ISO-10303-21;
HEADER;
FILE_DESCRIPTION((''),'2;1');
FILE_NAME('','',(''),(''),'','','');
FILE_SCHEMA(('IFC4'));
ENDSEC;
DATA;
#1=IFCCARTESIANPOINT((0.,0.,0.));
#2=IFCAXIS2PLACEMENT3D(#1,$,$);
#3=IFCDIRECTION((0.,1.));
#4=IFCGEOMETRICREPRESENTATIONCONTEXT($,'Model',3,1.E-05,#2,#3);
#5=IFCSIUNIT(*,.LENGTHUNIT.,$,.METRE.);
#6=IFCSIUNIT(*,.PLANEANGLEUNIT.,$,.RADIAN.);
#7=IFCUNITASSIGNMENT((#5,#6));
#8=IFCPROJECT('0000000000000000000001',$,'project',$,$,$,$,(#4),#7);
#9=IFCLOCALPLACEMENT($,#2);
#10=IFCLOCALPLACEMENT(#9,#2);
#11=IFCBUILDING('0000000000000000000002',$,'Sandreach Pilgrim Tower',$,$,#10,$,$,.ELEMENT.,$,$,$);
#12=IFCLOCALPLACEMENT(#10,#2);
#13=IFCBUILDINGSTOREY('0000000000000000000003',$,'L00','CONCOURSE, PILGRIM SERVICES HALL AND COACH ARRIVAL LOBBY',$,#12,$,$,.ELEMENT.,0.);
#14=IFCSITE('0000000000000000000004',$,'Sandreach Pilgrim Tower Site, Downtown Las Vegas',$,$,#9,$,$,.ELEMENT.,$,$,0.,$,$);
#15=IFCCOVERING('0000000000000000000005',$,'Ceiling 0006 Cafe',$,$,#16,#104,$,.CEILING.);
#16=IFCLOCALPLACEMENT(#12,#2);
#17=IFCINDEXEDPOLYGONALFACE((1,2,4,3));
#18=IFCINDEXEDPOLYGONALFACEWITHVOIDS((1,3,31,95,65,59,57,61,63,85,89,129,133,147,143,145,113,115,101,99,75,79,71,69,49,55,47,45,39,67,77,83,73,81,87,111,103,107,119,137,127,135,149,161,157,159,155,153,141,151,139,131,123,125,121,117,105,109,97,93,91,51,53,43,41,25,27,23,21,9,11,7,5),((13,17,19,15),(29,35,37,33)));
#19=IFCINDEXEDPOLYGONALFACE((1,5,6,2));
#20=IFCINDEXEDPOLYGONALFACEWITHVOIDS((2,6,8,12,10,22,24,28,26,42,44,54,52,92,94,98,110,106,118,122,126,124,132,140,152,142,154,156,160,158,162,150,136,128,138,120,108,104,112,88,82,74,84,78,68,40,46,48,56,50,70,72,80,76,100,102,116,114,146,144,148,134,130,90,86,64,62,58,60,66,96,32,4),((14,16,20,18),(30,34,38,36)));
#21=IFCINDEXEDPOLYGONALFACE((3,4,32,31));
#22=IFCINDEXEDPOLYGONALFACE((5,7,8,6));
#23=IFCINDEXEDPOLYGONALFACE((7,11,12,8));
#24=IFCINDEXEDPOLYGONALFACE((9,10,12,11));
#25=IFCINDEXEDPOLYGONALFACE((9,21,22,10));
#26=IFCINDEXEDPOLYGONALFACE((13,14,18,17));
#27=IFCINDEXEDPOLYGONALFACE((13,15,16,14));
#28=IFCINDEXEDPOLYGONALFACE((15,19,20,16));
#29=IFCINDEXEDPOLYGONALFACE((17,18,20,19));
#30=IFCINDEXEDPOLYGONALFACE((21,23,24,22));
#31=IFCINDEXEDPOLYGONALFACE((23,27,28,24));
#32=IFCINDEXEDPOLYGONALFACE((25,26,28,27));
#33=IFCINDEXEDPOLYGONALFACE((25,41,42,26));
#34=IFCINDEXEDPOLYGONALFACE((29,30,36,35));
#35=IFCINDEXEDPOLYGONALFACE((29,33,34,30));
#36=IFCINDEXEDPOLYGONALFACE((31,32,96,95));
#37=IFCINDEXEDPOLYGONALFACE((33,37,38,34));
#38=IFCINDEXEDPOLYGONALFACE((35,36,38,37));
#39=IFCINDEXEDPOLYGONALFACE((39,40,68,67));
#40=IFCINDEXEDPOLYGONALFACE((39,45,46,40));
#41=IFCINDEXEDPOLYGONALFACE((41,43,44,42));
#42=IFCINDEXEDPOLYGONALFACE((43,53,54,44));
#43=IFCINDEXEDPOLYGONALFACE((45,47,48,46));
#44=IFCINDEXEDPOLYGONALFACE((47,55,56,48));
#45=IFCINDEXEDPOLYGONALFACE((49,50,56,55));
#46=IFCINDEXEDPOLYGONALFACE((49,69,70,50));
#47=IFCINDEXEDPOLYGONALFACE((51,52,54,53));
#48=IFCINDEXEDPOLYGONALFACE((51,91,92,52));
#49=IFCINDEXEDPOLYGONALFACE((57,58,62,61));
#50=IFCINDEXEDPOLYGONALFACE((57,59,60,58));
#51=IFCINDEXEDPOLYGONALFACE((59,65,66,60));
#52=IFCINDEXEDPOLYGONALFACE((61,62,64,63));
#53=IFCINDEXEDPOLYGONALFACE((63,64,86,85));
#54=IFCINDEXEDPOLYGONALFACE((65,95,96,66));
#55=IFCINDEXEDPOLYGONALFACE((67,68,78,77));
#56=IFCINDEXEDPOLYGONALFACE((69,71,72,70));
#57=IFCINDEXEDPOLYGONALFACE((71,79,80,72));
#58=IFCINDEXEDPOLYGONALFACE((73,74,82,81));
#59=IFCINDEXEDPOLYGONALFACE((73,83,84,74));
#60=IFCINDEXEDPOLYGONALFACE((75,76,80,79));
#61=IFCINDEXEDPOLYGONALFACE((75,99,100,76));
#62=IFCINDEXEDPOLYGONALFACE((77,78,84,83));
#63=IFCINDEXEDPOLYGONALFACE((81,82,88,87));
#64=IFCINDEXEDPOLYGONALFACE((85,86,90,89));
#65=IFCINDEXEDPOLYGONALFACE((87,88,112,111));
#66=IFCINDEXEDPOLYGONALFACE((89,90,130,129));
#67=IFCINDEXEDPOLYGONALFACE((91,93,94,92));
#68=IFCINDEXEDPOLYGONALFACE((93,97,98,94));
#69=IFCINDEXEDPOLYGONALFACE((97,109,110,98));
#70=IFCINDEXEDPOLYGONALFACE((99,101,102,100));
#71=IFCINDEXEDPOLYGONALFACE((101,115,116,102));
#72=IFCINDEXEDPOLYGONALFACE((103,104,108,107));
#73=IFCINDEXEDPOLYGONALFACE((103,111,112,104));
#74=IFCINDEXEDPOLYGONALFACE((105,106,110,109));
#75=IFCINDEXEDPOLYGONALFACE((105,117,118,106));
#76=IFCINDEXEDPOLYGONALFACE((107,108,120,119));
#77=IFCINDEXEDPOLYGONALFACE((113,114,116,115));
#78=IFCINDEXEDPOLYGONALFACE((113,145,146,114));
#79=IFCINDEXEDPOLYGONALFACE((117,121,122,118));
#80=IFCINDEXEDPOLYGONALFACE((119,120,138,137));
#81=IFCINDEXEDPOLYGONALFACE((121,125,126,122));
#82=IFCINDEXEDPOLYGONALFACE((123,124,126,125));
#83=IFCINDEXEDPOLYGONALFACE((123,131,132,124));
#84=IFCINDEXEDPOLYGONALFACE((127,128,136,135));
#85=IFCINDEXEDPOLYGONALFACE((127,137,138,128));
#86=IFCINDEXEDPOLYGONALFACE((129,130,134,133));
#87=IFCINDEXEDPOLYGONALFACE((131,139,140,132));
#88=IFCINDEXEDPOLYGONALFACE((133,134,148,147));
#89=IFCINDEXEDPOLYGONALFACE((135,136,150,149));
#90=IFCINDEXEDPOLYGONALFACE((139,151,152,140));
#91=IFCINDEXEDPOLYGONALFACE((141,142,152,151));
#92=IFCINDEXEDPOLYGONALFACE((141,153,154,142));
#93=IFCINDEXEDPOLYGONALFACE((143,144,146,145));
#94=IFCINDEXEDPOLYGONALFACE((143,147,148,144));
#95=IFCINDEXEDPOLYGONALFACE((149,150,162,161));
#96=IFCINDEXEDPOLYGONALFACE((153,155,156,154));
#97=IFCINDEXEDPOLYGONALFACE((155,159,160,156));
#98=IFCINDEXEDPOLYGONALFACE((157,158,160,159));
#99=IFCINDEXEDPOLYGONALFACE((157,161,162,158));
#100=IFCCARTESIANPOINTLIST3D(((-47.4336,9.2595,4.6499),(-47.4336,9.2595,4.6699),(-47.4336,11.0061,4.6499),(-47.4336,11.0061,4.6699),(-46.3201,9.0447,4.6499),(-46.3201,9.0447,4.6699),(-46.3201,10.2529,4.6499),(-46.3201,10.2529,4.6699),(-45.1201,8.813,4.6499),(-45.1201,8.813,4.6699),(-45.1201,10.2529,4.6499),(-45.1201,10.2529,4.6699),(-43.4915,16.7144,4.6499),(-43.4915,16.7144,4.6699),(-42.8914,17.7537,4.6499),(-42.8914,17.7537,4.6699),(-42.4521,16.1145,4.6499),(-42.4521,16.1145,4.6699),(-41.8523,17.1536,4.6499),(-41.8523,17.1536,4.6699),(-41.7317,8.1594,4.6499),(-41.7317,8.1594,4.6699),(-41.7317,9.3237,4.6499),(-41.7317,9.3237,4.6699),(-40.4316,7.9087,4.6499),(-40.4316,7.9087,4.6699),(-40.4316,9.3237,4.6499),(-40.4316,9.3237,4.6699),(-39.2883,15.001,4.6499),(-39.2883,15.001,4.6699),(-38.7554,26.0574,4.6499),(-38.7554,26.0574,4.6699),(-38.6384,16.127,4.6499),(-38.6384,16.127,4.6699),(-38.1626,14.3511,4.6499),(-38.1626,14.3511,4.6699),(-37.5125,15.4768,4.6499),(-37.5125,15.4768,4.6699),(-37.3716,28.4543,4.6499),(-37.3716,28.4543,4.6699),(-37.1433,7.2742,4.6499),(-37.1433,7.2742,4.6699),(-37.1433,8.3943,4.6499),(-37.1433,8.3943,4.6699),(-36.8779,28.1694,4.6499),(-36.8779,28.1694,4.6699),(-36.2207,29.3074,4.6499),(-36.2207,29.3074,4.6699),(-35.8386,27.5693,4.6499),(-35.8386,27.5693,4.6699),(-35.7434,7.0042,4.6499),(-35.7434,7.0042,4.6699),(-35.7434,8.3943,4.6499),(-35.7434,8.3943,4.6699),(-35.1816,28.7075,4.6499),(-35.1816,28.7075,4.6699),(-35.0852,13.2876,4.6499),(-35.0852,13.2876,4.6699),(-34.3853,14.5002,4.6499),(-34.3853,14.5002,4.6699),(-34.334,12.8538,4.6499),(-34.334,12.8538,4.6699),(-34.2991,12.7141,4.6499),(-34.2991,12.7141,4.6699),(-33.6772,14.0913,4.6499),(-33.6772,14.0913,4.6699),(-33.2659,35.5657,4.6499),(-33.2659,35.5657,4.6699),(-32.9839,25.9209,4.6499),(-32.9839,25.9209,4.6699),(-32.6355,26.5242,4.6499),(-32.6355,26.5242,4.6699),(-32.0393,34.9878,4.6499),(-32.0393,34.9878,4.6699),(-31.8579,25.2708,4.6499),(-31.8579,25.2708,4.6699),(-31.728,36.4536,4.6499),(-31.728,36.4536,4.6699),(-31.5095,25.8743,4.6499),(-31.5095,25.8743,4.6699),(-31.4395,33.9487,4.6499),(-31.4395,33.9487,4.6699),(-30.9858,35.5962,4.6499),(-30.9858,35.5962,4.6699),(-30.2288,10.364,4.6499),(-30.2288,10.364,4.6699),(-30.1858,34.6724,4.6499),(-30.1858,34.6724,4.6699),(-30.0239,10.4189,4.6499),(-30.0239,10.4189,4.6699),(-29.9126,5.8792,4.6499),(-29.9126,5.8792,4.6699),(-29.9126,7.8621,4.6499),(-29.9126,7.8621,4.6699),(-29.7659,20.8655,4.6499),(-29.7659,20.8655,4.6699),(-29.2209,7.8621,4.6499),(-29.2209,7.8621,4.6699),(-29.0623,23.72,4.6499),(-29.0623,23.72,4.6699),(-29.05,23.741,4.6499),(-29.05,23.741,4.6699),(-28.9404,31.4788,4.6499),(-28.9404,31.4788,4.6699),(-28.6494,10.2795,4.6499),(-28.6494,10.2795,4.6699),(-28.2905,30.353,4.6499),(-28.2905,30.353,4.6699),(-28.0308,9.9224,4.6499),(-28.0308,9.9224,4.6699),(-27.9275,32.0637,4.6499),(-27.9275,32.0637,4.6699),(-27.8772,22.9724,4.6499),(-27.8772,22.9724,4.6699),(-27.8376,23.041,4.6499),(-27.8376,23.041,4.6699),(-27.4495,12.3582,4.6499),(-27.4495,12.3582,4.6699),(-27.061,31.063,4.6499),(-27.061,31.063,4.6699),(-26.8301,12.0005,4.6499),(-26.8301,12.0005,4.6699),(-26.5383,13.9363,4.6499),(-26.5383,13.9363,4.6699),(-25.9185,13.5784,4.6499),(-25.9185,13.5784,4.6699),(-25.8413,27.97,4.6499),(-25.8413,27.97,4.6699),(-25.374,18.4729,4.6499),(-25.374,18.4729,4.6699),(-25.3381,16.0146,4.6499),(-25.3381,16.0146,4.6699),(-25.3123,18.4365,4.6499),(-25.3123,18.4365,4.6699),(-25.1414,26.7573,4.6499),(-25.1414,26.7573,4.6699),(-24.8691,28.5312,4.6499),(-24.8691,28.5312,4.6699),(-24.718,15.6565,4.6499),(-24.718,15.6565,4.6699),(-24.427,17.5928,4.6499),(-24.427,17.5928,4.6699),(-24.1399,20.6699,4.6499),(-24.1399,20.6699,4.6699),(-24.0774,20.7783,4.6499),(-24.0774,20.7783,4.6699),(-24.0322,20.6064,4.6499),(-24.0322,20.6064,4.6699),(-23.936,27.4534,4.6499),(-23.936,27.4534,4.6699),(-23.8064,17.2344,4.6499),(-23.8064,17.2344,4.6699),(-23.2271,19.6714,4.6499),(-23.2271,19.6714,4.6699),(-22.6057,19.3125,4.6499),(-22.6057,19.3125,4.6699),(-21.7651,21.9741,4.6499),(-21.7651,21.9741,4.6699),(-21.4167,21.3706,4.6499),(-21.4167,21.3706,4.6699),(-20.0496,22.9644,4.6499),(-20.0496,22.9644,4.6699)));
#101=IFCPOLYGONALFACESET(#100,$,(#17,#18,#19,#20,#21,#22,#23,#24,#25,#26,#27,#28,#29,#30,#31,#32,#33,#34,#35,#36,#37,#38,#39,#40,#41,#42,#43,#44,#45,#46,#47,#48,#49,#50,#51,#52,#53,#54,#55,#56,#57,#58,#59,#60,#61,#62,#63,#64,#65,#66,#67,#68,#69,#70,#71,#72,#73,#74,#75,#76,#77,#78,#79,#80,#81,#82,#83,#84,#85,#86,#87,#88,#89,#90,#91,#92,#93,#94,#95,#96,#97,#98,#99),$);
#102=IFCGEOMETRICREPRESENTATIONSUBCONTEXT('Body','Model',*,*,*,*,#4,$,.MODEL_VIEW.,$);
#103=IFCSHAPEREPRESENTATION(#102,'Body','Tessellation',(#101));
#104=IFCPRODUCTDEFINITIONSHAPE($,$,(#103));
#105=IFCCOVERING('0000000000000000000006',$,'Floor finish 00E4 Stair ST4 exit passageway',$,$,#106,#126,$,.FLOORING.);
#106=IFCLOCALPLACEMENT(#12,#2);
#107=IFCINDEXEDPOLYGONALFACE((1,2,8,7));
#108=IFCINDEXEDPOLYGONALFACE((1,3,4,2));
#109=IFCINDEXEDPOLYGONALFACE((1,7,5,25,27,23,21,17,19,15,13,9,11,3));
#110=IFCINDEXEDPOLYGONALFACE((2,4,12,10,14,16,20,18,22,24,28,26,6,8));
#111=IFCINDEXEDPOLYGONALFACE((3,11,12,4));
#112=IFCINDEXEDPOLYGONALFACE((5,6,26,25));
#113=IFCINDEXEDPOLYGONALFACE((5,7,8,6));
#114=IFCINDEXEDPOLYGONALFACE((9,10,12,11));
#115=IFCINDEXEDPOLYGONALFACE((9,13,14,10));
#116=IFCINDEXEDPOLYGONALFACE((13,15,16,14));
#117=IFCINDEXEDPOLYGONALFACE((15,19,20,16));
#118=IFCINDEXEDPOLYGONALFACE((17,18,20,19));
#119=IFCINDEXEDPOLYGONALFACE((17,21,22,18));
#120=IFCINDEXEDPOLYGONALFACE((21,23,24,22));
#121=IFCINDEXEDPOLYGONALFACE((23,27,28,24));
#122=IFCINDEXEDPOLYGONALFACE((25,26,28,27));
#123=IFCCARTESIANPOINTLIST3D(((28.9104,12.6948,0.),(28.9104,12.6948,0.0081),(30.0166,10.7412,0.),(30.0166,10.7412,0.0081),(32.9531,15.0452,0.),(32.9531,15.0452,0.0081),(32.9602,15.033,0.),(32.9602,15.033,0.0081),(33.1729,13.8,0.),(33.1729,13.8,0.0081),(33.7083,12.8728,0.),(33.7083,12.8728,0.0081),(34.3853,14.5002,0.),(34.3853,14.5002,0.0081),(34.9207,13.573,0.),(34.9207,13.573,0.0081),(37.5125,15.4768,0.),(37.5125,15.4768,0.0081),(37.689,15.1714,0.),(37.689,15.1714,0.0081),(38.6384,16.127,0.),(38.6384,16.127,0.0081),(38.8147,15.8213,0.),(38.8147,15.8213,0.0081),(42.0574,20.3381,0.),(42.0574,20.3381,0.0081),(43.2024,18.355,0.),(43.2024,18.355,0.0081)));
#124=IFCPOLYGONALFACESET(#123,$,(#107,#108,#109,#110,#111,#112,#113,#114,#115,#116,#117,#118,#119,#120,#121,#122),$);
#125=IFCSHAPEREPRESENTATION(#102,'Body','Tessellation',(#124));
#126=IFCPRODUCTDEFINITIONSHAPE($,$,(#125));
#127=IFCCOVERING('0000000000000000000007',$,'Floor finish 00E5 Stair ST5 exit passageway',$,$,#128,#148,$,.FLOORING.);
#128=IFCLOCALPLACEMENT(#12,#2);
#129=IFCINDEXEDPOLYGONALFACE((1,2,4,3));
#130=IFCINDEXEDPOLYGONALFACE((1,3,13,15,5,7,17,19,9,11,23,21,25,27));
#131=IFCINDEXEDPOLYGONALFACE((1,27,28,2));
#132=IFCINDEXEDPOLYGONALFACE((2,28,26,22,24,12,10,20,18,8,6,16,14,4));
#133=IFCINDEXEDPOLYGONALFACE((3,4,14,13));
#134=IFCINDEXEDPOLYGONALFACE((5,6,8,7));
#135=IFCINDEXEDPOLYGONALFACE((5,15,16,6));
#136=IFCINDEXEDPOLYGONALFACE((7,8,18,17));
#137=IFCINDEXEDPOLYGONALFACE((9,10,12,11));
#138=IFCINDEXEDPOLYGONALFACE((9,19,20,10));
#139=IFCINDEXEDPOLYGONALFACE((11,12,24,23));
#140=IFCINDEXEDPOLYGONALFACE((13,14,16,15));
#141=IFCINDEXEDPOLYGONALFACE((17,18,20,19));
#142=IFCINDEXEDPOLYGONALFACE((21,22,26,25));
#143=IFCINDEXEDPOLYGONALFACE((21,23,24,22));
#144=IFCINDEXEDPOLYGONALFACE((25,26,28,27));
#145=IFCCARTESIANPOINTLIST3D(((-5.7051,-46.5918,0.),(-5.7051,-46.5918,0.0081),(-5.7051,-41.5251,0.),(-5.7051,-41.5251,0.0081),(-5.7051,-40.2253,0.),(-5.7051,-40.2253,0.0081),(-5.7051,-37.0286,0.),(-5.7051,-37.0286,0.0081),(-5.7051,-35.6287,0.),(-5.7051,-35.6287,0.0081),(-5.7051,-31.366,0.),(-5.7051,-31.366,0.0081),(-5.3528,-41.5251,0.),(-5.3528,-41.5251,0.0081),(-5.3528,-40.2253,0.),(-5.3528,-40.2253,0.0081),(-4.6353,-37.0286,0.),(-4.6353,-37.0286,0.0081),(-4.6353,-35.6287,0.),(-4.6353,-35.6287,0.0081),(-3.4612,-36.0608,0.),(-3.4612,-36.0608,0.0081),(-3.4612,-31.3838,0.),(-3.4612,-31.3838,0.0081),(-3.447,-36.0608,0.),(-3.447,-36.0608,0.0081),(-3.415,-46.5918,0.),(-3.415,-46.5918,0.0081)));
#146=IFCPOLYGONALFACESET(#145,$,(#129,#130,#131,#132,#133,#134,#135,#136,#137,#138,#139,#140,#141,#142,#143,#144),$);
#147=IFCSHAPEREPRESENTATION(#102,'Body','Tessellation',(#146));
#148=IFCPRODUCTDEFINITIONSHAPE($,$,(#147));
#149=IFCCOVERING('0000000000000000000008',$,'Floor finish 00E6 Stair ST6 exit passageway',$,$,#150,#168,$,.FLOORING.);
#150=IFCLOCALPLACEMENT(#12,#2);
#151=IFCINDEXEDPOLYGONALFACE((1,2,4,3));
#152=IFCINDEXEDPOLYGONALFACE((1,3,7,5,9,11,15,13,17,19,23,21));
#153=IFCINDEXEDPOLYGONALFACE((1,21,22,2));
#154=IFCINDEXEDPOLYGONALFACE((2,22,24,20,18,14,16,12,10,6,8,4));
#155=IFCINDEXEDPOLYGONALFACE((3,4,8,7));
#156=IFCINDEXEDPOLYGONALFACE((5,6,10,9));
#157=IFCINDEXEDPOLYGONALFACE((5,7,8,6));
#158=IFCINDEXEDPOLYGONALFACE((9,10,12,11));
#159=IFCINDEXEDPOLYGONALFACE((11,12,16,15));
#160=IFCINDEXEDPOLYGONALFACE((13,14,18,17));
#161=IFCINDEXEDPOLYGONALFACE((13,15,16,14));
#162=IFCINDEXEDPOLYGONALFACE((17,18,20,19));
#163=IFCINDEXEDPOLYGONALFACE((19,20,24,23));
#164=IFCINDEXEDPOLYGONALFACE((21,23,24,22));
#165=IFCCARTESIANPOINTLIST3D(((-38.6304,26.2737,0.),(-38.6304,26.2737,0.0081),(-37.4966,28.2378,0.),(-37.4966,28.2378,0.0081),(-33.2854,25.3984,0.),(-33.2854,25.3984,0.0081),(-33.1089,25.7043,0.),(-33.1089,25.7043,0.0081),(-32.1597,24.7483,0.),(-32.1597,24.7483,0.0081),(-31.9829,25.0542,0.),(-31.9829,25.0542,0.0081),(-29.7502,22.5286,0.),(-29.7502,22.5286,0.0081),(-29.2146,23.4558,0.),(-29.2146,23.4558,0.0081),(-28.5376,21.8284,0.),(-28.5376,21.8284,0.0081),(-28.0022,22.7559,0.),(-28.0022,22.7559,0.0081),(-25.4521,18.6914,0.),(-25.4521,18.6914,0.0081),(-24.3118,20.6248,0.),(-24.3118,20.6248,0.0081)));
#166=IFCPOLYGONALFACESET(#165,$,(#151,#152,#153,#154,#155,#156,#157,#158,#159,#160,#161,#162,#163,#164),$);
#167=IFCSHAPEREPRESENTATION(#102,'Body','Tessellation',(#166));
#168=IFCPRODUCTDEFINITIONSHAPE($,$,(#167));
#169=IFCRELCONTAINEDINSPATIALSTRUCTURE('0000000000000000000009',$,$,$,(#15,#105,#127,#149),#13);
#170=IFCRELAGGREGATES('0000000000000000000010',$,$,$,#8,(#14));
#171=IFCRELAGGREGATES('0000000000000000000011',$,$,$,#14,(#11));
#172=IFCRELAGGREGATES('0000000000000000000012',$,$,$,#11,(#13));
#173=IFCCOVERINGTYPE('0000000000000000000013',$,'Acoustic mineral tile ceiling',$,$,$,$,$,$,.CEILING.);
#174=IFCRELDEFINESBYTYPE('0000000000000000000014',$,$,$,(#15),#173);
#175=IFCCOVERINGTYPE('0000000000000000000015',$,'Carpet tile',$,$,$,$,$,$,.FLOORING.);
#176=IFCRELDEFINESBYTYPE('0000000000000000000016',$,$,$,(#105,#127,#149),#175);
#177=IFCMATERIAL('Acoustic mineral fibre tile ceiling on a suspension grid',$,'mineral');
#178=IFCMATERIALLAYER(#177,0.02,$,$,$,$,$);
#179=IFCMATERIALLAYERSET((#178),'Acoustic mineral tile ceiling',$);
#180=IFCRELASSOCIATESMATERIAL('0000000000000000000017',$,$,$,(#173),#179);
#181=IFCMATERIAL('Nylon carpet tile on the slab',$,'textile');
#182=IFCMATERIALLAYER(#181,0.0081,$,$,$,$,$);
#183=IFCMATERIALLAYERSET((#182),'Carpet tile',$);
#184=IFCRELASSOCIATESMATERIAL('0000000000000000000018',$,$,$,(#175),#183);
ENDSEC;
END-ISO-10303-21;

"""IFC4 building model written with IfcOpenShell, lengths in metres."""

from ifc_helpers import new_model, si_unit, direction, frame, origin, place, context, subcontext, project, spatial, polyline, outline, extrude, material, layer, layer_set, type_object, element, save


model = new_model("IFC4")

# Units and contexts
model_context = context("Model", 3, precision=1e-05, world=origin(), true_north=direction((0.0, 1.0)))
body_context = subcontext(model_context, "Body", "Model", "MODEL_VIEW")
ifc_project = project(units=[si_unit("LENGTHUNIT", "METRE"), si_unit("PLANEANGLEUNIT", "RADIAN")], contexts=[model_context])

# Site, building, storey
site_placement = place(None, origin())
site = spatial("IfcSite", under=ifc_project, at=site_placement, Name="Sandreach Pilgrim Tower Site, Downtown Las Vegas", CompositionType="ELEMENT", RefElevation=0.0)
building_placement = place(site_placement, origin())
building = spatial("IfcBuilding", under=site, at=building_placement, Name="Sandreach Pilgrim Tower", CompositionType="ELEMENT")
storey_placement = place(building_placement, origin())
storey = spatial("IfcBuildingStorey", under=building, at=storey_placement, Name="L00", Description="CONCOURSE, PILGRIM SERVICES HALL AND COACH ARRIVAL LOBBY", CompositionType="ELEMENT", Elevation=0.0)

# Coverings
ifc_material_1 = material(Name="Acoustic mineral fibre tile ceiling on a suspension grid", Category="mineral")
ifc_layer_1 = layer(ifc_material_1, 0.02)
ifc_layer_set_1 = layer_set([ifc_layer_1], Name="Acoustic mineral tile ceiling")
covering_type_1 = type_object("IfcCoveringType", Name="Acoustic mineral tile ceiling", PredefinedType="CEILING", material=ifc_layer_set_1)
covering_1_placement = place(storey_placement, frame((0.0, 0.0, 4.6499)))
element("IfcCovering", 1, at=covering_1_placement, inside=storey, type_object=covering_type_1, Name="Ceiling 0006 Cafe", PredefinedType="CEILING", context=body_context, shape_type="SweptSolid", body=[
    extrude(outline(polyline([(-38.7554, 26.0574), (-29.7659, 20.8655), (-33.6772, 14.0913), (-34.3853, 14.5002), (-35.0852, 13.2876), (-34.334, 12.8538), (-34.2991, 12.7141), (-30.2288, 10.364), (-30.0239, 10.4189), (-25.374, 18.4729), (-25.3123, 18.4365), (-24.0322, 20.6064), (-24.1399, 20.6699), (-24.0774, 20.7783), (-27.8772, 22.9724), (-27.8376, 23.041), (-29.05, 23.741), (-29.0623, 23.72), (-31.8579, 25.2708), (-31.5095, 25.8743), (-32.6355, 26.5242), (-32.9839, 25.9209), (-35.8386, 27.5693), (-35.1816, 28.7075), (-36.2207, 29.3074), (-36.8779, 28.1694), (-37.3716, 28.4543), (-33.2659, 35.5657), (-31.728, 36.4536), (-30.9858, 35.5962), (-32.0393, 34.9878), (-31.4395, 33.9487), (-30.1858, 34.6724), (-27.9275, 32.0637), (-28.9404, 31.4788), (-28.2905, 30.353), (-27.061, 31.063), (-24.8691, 28.5312), (-25.8413, 27.97), (-25.1414, 26.7573), (-23.936, 27.4534), (-20.0496, 22.9644), (-21.7651, 21.9741), (-21.4167, 21.3706), (-22.6057, 19.3125), (-23.2271, 19.6714), (-24.427, 17.5928), (-23.8064, 17.2344), (-24.718, 15.6565), (-25.3381, 16.0146), (-26.5383, 13.9363), (-25.9185, 13.5784), (-26.8301, 12.0005), (-27.4495, 12.3582), (-28.6494, 10.2795), (-28.0308, 9.9224), (-29.2209, 7.8621), (-29.9126, 7.8621), (-29.9126, 5.8792), (-35.7434, 7.0042), (-35.7434, 8.3943), (-37.1433, 8.3943), (-37.1433, 7.2742), (-40.4316, 7.9087), (-40.4316, 9.3237), (-41.7317, 9.3237), (-41.7317, 8.1594), (-45.1201, 8.813), (-45.1201, 10.2529), (-46.3201, 10.2529), (-46.3201, 9.0447), (-47.4336, 9.2595), (-47.4336, 11.0061), (-38.7554, 26.0574)]), holes=[polyline([(-38.6384, 16.127), (-39.2883, 15.001), (-38.1626, 14.3511), (-37.5125, 15.4768), (-38.6384, 16.127)]), polyline([(-43.4915, 16.7144), (-42.4521, 16.1145), (-41.8523, 17.1536), (-42.8914, 17.7537), (-43.4915, 16.7144)])]), origin(), (0.0, 0.0, 1.0), 0.02),
])
ifc_material_2 = material(Name="Nylon carpet tile on the slab", Category="textile")
ifc_layer_2 = layer(ifc_material_2, 0.0081)
ifc_layer_set_2 = layer_set([ifc_layer_2], Name="Carpet tile")
covering_type_2 = type_object("IfcCoveringType", Name="Carpet tile", PredefinedType="FLOORING", material=ifc_layer_set_2)
covering_2_placement = place(storey_placement, origin())
element("IfcCovering", 2, at=covering_2_placement, inside=storey, type_object=covering_type_2, Name="Floor finish 00E4 Stair ST4 exit passageway", PredefinedType="FLOORING", context=body_context, shape_type="SweptSolid", body=[
    extrude(outline(polyline([(42.0574, 20.3381), (43.2024, 18.355), (38.8147, 15.8213), (38.6384, 16.127), (37.5125, 15.4768), (37.689, 15.1714), (34.9207, 13.573), (34.3853, 14.5002), (33.1729, 13.8), (33.7083, 12.8728), (30.0166, 10.7412), (28.9104, 12.6948), (32.9602, 15.033), (32.9531, 15.0452), (42.0574, 20.3381)])), origin(), (0.0, 0.0, 1.0), 0.0081),
])
covering_3_placement = place(storey_placement, origin())
element("IfcCovering", 3, at=covering_3_placement, inside=storey, type_object=covering_type_2, Name="Floor finish 00E5 Stair ST5 exit passageway", PredefinedType="FLOORING", context=body_context, shape_type="SweptSolid", body=[
    extrude(outline(polyline([(-3.415, -46.5918), (-5.7051, -46.5918), (-5.7051, -41.5251), (-5.3528, -41.5251), (-5.3528, -40.2253), (-5.7051, -40.2253), (-5.7051, -37.0286), (-4.6353, -37.0286), (-4.6353, -35.6287), (-5.7051, -35.6287), (-5.7051, -31.366), (-3.4612, -31.3838), (-3.4612, -36.0608), (-3.447, -36.0608), (-3.415, -46.5918)])), origin(), (0.0, 0.0, 1.0), 0.0081),
])
covering_4_placement = place(storey_placement, origin())
element("IfcCovering", 4, at=covering_4_placement, inside=storey, type_object=covering_type_2, Name="Floor finish 00E6 Stair ST6 exit passageway", PredefinedType="FLOORING", context=body_context, shape_type="SweptSolid", body=[
    extrude(outline(polyline([(-38.6304, 26.2737), (-37.4966, 28.2378), (-33.1089, 25.7043), (-33.2854, 25.3984), (-32.1597, 24.7483), (-31.9829, 25.0542), (-29.2146, 23.4558), (-29.7502, 22.5286), (-28.5376, 21.8284), (-28.0022, 22.7559), (-24.3118, 20.6248), (-25.4521, 18.6914), (-38.6304, 26.2737)])), origin(), (0.0, 0.0, 1.0), 0.0081),
])

save(model, "model.ifc")
